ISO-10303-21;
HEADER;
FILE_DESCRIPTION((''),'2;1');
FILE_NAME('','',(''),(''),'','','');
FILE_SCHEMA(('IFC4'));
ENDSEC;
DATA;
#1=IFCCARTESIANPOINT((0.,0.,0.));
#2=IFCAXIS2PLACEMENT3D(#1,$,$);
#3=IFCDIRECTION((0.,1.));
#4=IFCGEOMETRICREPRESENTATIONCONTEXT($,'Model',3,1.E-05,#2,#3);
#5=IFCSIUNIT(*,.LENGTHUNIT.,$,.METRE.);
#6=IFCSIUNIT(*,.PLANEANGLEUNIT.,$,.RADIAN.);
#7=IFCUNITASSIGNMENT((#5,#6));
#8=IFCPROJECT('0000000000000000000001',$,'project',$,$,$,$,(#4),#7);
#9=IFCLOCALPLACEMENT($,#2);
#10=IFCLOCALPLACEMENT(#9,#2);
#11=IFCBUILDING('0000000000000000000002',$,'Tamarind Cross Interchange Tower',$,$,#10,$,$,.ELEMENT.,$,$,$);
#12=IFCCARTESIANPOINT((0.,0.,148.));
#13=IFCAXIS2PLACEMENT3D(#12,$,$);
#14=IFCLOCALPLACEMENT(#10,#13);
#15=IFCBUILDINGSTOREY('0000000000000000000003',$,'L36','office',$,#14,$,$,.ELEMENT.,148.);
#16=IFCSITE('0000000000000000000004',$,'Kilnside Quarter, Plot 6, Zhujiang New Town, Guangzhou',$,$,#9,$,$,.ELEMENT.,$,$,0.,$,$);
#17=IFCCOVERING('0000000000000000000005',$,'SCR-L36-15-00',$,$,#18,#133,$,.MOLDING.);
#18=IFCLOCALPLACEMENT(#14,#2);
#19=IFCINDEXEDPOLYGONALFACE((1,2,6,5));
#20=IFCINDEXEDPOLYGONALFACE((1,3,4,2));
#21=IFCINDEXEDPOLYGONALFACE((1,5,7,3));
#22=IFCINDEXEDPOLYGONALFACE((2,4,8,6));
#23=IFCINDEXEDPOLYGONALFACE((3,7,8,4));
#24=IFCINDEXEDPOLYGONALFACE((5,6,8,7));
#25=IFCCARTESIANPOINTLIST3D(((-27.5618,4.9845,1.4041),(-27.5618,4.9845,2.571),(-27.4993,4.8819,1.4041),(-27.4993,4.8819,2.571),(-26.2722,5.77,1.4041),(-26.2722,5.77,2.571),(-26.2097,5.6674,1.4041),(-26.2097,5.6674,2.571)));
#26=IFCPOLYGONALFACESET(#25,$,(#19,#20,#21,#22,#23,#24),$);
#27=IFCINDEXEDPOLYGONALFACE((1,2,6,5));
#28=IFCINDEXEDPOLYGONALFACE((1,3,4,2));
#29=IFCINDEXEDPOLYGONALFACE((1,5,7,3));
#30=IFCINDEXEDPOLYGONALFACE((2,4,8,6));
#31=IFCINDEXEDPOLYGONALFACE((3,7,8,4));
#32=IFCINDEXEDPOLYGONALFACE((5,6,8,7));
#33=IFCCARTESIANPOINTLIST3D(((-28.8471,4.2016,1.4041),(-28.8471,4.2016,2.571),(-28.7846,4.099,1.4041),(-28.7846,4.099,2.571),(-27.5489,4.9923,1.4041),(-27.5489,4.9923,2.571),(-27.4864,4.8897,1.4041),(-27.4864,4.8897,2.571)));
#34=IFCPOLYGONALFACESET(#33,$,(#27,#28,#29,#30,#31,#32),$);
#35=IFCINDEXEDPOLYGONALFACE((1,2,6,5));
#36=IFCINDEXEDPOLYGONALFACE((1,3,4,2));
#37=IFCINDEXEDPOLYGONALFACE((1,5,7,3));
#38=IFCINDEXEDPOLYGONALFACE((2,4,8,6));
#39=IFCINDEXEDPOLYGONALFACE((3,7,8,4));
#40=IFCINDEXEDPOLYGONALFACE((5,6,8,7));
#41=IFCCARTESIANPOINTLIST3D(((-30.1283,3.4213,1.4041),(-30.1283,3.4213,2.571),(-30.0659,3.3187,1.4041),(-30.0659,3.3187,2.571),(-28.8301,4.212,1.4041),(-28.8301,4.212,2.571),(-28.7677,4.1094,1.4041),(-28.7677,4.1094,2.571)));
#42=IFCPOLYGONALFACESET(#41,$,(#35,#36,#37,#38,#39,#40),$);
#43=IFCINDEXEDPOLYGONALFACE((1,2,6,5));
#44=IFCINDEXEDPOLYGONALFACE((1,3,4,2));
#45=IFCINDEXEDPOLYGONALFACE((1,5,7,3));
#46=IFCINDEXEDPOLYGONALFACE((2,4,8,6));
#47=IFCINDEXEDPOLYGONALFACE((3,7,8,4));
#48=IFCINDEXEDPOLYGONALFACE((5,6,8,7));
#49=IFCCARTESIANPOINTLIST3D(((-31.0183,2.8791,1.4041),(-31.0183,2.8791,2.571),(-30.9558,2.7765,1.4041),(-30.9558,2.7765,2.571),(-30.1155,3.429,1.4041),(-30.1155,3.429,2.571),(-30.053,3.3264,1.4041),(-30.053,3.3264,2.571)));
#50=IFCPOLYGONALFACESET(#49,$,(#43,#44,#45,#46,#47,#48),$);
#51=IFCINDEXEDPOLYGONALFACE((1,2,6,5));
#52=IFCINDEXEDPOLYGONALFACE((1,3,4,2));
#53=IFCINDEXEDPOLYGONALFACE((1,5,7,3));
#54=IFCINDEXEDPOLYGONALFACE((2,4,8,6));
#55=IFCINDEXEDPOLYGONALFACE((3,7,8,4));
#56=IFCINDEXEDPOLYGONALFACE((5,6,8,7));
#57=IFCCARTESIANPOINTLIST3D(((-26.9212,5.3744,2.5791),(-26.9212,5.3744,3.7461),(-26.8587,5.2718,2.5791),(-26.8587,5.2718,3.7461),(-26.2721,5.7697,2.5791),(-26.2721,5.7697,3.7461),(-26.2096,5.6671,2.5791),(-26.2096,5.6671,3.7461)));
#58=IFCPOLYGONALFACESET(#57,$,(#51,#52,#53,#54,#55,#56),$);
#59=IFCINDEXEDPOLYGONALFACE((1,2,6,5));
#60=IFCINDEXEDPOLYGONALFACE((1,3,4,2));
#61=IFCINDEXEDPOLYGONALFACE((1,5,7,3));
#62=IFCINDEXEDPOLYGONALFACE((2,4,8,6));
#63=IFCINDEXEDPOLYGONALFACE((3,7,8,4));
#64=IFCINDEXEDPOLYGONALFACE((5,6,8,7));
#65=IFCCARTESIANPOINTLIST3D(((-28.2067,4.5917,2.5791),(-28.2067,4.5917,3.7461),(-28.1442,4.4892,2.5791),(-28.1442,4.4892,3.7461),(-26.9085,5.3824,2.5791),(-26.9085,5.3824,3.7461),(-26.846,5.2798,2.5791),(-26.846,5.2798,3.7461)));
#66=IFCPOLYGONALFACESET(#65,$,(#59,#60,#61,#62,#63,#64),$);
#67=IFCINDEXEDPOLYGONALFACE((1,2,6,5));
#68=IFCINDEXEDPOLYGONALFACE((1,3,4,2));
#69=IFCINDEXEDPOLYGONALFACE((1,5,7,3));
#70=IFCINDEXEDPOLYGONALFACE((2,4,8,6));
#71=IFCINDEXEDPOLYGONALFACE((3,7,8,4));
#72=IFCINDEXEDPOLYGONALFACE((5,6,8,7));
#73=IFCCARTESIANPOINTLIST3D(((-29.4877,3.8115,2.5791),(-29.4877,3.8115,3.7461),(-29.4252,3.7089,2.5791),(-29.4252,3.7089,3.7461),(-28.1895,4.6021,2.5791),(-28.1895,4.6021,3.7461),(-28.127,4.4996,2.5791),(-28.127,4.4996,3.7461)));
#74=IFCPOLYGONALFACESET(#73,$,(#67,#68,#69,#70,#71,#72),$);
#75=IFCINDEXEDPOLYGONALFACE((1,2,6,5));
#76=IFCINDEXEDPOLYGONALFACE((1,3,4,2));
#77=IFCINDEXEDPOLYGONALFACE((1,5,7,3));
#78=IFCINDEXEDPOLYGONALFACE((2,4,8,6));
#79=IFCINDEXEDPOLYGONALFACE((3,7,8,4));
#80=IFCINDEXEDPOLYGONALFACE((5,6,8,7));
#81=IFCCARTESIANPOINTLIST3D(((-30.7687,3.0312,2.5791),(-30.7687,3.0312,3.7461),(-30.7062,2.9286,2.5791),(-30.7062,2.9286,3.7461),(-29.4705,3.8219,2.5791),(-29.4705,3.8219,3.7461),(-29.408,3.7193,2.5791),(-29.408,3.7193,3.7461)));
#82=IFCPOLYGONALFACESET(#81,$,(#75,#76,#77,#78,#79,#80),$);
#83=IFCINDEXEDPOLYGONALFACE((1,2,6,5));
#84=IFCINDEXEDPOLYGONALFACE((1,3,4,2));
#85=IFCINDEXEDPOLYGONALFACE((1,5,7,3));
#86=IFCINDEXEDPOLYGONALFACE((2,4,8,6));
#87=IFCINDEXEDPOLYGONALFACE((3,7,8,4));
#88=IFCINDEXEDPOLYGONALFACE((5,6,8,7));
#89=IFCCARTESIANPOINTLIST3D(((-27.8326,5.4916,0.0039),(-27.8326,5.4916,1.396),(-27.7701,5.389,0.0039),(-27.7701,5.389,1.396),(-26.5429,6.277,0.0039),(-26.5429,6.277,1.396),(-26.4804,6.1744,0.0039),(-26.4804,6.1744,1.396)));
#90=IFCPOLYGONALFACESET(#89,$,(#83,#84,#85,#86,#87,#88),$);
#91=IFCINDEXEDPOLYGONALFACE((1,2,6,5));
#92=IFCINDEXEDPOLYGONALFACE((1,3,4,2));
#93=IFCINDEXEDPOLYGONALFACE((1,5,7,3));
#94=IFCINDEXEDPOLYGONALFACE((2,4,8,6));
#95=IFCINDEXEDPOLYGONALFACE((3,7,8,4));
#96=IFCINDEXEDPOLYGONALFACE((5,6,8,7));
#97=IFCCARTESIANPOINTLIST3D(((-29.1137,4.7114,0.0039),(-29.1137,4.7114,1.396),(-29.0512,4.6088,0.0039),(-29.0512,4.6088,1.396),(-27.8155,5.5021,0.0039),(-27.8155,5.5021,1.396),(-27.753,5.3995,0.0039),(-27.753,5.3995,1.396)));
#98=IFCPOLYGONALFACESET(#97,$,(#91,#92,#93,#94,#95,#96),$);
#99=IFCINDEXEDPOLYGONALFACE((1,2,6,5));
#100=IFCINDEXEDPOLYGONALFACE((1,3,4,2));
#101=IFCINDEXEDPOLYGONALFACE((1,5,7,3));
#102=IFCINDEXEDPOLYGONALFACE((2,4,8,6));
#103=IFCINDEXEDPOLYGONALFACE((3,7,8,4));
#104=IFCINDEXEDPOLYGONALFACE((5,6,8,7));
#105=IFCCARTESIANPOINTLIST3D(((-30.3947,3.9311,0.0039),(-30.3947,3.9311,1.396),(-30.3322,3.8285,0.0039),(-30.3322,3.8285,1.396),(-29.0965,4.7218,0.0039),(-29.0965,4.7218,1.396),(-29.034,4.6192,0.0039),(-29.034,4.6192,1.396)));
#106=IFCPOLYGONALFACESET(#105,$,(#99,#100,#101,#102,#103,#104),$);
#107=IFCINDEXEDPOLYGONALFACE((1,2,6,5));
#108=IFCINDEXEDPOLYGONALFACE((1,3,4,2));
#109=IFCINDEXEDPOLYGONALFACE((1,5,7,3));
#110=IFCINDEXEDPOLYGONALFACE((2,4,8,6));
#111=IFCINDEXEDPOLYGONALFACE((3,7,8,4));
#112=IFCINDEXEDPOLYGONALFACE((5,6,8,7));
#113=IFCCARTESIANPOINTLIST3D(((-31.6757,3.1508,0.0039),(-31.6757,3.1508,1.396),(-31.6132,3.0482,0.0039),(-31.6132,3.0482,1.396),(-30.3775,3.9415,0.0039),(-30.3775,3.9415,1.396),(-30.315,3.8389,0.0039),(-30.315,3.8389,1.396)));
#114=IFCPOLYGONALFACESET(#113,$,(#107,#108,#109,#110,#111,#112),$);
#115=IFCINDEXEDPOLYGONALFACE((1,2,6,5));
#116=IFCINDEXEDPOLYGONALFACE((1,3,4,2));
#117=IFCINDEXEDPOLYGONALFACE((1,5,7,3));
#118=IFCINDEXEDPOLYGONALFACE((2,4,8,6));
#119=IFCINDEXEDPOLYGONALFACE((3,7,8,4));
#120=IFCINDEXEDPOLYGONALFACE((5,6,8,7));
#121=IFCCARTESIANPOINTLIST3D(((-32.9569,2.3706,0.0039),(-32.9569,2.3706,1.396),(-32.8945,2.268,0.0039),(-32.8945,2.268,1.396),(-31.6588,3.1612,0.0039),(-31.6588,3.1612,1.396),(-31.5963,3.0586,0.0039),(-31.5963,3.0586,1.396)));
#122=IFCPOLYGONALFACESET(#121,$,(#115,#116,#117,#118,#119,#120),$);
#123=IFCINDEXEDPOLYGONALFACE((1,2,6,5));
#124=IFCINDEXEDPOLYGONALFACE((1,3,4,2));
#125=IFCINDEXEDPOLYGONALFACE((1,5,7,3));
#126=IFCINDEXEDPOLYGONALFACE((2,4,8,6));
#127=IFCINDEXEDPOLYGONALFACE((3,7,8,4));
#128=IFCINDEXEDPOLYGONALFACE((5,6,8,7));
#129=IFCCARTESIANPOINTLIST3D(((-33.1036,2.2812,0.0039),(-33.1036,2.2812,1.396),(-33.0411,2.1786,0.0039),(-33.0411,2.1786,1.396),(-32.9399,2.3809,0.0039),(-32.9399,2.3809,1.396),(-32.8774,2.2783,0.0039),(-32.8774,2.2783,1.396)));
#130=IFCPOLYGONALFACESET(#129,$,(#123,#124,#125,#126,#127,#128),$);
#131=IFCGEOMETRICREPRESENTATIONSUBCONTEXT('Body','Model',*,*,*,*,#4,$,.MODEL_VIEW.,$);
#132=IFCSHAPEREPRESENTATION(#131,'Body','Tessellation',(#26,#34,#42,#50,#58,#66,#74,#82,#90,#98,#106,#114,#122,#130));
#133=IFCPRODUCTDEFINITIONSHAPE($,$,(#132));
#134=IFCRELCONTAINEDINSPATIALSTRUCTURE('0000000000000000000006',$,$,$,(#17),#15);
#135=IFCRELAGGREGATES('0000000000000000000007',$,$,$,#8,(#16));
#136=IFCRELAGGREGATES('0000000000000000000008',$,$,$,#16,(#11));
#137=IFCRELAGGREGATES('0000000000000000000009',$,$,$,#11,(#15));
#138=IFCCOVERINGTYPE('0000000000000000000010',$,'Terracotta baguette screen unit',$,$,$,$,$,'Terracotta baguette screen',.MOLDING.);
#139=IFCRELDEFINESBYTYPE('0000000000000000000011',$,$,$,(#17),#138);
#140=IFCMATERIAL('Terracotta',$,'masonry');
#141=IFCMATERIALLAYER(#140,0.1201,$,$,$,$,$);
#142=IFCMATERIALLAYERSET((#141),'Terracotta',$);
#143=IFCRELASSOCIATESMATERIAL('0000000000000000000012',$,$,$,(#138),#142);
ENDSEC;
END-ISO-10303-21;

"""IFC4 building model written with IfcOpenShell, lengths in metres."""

from ifc_helpers import new_model, si_unit, direction, frame, origin, origin_2d, place, context, subcontext, project, spatial, rectangle, extrude, material, layer, layer_set, type_object, element, save


model = new_model("IFC4")

# Units and contexts
model_context = context("Model", 3, precision=1e-05, world=origin(), true_north=direction((0.0, 1.0)))
body_context = subcontext(model_context, "Body", "Model", "MODEL_VIEW")
ifc_project = project(units=[si_unit("LENGTHUNIT", "METRE"), si_unit("PLANEANGLEUNIT", "RADIAN")], contexts=[model_context])

# Site, building, storey
site_placement = place(None, origin())
site = spatial("IfcSite", under=ifc_project, at=site_placement, Name="Kilnside Quarter, Plot 6, Zhujiang New Town, Guangzhou", CompositionType="ELEMENT", RefElevation=0.0)
building_placement = place(site_placement, origin())
building = spatial("IfcBuilding", under=site, at=building_placement, Name="Tamarind Cross Interchange Tower", CompositionType="ELEMENT")
storey_placement = place(building_placement, frame((0.0, 0.0, 148.0)))
storey = spatial("IfcBuildingStorey", under=building, at=storey_placement, Name="L36", Description="office", CompositionType="ELEMENT", Elevation=148.0)

# Covering
ifc_material_1 = material(Name="Terracotta", Category="masonry")
ifc_layer_1 = layer(ifc_material_1, 0.1201)
ifc_layer_set_1 = layer_set([ifc_layer_1], Name="Terracotta")
covering_type = type_object("IfcCoveringType", Name="Terracotta baguette screen unit", ElementType="Terracotta baguette screen", PredefinedType="MOLDING", material=ifc_layer_set_1)
covering_1_placement = place(storey_placement, origin())
element("IfcCovering", 1, at=covering_1_placement, inside=storey, type_object=covering_type, Name="SCR-L36-15-00", PredefinedType="MOLDING", context=body_context, shape_type="SweptSolid", body=[
    extrude(rectangle(XDim=1.51, YDim=0.1201, at=origin_2d()), frame((-26.8857, 5.3259, 1.4041), z_axis=(0.0, 0.0, 1.0), x_axis=(-0.85406, -0.520175, 0.0)), (0.0, 0.0, 1.0), 1.167),
    extrude(rectangle(XDim=1.52, YDim=0.1201, at=origin_2d()), frame((-28.1667, 4.5457, 1.4041), z_axis=(0.0, 0.0, 1.0), x_axis=(-0.85406, -0.520175, 0.0)), (0.0, 0.0, 1.0), 1.167),
    extrude(rectangle(XDim=1.52, YDim=0.1201, at=origin_2d()), frame((-29.448, 3.7654, 1.4041), z_axis=(0.0, 0.0, 1.0), x_axis=(-0.85406, -0.520175, 0.0)), (0.0, 0.0, 1.0), 1.167),
    extrude(rectangle(XDim=1.0571, YDim=0.1201, at=origin_2d()), frame((-30.5356, 3.1028, 1.4041), z_axis=(0.0, 0.0, 1.0), x_axis=(-0.85406, -0.520175, 0.0)), (0.0, 0.0, 1.0), 1.167),
    extrude(rectangle(XDim=0.76, YDim=0.1201, at=origin_2d()), frame((-26.5654, 5.5208, 2.5791), z_axis=(0.0, 0.0, 1.0), x_axis=(-0.85406, -0.520175, 0.0)), (0.0, 0.0, 1.0), 1.167),
    extrude(rectangle(XDim=1.52, YDim=0.1201, at=origin_2d()), frame((-27.5264, 4.9358, 2.5791), z_axis=(0.0, 0.0, 1.0), x_axis=(-0.85406, -0.520175, 0.0)), (0.0, 0.0, 1.0), 1.167),
    extrude(rectangle(XDim=1.52, YDim=0.1201, at=origin_2d()), frame((-28.8074, 4.1555, 2.5791), z_axis=(0.0, 0.0, 1.0), x_axis=(-0.85406, -0.520175, 0.0)), (0.0, 0.0, 1.0), 1.167),
    extrude(rectangle(XDim=1.52, YDim=0.1201, at=origin_2d()), frame((-30.0884, 3.3752, 2.5791), z_axis=(0.0, 0.0, 1.0), x_axis=(-0.85406, -0.520175, 0.0)), (0.0, 0.0, 1.0), 1.167),
    extrude(rectangle(XDim=1.51, YDim=0.1201, at=origin_2d()), frame((-27.1565, 5.833, 0.0039), z_axis=(0.0, 0.0, 1.0), x_axis=(-0.85406, -0.520175, 0.0)), (0.0, 0.0, 1.0), 1.3921),
    extrude(rectangle(XDim=1.52, YDim=0.1201, at=origin_2d()), frame((-28.4333, 5.0554, 0.0039), z_axis=(0.0, 0.0, 1.0), x_axis=(-0.85406, -0.520175, 0.0)), (0.0, 0.0, 1.0), 1.3921),
    extrude(rectangle(XDim=1.52, YDim=0.1201, at=origin_2d()), frame((-29.7144, 4.2751, 0.0039), z_axis=(0.0, 0.0, 1.0), x_axis=(-0.85406, -0.520175, 0.0)), (0.0, 0.0, 1.0), 1.3921),
    extrude(rectangle(XDim=1.52, YDim=0.1201, at=origin_2d()), frame((-30.9954, 3.4949, 0.0039), z_axis=(0.0, 0.0, 1.0), x_axis=(-0.85406, -0.520175, 0.0)), (0.0, 0.0, 1.0), 1.3921),
    extrude(rectangle(XDim=1.52, YDim=0.1201, at=origin_2d()), frame((-32.2766, 2.7146, 0.0039), z_axis=(0.0, 0.0, 1.0), x_axis=(-0.85406, -0.520175, 0.0)), (0.0, 0.0, 1.0), 1.3921),
    extrude(rectangle(XDim=0.1917, YDim=0.1201, at=origin_2d()), frame((-32.9905, 2.2798, 0.0039), z_axis=(0.0, 0.0, 1.0), x_axis=(-0.85406, -0.520175, 0.0)), (0.0, 0.0, 1.0), 1.3921),
])

save(model, "model.ifc")
